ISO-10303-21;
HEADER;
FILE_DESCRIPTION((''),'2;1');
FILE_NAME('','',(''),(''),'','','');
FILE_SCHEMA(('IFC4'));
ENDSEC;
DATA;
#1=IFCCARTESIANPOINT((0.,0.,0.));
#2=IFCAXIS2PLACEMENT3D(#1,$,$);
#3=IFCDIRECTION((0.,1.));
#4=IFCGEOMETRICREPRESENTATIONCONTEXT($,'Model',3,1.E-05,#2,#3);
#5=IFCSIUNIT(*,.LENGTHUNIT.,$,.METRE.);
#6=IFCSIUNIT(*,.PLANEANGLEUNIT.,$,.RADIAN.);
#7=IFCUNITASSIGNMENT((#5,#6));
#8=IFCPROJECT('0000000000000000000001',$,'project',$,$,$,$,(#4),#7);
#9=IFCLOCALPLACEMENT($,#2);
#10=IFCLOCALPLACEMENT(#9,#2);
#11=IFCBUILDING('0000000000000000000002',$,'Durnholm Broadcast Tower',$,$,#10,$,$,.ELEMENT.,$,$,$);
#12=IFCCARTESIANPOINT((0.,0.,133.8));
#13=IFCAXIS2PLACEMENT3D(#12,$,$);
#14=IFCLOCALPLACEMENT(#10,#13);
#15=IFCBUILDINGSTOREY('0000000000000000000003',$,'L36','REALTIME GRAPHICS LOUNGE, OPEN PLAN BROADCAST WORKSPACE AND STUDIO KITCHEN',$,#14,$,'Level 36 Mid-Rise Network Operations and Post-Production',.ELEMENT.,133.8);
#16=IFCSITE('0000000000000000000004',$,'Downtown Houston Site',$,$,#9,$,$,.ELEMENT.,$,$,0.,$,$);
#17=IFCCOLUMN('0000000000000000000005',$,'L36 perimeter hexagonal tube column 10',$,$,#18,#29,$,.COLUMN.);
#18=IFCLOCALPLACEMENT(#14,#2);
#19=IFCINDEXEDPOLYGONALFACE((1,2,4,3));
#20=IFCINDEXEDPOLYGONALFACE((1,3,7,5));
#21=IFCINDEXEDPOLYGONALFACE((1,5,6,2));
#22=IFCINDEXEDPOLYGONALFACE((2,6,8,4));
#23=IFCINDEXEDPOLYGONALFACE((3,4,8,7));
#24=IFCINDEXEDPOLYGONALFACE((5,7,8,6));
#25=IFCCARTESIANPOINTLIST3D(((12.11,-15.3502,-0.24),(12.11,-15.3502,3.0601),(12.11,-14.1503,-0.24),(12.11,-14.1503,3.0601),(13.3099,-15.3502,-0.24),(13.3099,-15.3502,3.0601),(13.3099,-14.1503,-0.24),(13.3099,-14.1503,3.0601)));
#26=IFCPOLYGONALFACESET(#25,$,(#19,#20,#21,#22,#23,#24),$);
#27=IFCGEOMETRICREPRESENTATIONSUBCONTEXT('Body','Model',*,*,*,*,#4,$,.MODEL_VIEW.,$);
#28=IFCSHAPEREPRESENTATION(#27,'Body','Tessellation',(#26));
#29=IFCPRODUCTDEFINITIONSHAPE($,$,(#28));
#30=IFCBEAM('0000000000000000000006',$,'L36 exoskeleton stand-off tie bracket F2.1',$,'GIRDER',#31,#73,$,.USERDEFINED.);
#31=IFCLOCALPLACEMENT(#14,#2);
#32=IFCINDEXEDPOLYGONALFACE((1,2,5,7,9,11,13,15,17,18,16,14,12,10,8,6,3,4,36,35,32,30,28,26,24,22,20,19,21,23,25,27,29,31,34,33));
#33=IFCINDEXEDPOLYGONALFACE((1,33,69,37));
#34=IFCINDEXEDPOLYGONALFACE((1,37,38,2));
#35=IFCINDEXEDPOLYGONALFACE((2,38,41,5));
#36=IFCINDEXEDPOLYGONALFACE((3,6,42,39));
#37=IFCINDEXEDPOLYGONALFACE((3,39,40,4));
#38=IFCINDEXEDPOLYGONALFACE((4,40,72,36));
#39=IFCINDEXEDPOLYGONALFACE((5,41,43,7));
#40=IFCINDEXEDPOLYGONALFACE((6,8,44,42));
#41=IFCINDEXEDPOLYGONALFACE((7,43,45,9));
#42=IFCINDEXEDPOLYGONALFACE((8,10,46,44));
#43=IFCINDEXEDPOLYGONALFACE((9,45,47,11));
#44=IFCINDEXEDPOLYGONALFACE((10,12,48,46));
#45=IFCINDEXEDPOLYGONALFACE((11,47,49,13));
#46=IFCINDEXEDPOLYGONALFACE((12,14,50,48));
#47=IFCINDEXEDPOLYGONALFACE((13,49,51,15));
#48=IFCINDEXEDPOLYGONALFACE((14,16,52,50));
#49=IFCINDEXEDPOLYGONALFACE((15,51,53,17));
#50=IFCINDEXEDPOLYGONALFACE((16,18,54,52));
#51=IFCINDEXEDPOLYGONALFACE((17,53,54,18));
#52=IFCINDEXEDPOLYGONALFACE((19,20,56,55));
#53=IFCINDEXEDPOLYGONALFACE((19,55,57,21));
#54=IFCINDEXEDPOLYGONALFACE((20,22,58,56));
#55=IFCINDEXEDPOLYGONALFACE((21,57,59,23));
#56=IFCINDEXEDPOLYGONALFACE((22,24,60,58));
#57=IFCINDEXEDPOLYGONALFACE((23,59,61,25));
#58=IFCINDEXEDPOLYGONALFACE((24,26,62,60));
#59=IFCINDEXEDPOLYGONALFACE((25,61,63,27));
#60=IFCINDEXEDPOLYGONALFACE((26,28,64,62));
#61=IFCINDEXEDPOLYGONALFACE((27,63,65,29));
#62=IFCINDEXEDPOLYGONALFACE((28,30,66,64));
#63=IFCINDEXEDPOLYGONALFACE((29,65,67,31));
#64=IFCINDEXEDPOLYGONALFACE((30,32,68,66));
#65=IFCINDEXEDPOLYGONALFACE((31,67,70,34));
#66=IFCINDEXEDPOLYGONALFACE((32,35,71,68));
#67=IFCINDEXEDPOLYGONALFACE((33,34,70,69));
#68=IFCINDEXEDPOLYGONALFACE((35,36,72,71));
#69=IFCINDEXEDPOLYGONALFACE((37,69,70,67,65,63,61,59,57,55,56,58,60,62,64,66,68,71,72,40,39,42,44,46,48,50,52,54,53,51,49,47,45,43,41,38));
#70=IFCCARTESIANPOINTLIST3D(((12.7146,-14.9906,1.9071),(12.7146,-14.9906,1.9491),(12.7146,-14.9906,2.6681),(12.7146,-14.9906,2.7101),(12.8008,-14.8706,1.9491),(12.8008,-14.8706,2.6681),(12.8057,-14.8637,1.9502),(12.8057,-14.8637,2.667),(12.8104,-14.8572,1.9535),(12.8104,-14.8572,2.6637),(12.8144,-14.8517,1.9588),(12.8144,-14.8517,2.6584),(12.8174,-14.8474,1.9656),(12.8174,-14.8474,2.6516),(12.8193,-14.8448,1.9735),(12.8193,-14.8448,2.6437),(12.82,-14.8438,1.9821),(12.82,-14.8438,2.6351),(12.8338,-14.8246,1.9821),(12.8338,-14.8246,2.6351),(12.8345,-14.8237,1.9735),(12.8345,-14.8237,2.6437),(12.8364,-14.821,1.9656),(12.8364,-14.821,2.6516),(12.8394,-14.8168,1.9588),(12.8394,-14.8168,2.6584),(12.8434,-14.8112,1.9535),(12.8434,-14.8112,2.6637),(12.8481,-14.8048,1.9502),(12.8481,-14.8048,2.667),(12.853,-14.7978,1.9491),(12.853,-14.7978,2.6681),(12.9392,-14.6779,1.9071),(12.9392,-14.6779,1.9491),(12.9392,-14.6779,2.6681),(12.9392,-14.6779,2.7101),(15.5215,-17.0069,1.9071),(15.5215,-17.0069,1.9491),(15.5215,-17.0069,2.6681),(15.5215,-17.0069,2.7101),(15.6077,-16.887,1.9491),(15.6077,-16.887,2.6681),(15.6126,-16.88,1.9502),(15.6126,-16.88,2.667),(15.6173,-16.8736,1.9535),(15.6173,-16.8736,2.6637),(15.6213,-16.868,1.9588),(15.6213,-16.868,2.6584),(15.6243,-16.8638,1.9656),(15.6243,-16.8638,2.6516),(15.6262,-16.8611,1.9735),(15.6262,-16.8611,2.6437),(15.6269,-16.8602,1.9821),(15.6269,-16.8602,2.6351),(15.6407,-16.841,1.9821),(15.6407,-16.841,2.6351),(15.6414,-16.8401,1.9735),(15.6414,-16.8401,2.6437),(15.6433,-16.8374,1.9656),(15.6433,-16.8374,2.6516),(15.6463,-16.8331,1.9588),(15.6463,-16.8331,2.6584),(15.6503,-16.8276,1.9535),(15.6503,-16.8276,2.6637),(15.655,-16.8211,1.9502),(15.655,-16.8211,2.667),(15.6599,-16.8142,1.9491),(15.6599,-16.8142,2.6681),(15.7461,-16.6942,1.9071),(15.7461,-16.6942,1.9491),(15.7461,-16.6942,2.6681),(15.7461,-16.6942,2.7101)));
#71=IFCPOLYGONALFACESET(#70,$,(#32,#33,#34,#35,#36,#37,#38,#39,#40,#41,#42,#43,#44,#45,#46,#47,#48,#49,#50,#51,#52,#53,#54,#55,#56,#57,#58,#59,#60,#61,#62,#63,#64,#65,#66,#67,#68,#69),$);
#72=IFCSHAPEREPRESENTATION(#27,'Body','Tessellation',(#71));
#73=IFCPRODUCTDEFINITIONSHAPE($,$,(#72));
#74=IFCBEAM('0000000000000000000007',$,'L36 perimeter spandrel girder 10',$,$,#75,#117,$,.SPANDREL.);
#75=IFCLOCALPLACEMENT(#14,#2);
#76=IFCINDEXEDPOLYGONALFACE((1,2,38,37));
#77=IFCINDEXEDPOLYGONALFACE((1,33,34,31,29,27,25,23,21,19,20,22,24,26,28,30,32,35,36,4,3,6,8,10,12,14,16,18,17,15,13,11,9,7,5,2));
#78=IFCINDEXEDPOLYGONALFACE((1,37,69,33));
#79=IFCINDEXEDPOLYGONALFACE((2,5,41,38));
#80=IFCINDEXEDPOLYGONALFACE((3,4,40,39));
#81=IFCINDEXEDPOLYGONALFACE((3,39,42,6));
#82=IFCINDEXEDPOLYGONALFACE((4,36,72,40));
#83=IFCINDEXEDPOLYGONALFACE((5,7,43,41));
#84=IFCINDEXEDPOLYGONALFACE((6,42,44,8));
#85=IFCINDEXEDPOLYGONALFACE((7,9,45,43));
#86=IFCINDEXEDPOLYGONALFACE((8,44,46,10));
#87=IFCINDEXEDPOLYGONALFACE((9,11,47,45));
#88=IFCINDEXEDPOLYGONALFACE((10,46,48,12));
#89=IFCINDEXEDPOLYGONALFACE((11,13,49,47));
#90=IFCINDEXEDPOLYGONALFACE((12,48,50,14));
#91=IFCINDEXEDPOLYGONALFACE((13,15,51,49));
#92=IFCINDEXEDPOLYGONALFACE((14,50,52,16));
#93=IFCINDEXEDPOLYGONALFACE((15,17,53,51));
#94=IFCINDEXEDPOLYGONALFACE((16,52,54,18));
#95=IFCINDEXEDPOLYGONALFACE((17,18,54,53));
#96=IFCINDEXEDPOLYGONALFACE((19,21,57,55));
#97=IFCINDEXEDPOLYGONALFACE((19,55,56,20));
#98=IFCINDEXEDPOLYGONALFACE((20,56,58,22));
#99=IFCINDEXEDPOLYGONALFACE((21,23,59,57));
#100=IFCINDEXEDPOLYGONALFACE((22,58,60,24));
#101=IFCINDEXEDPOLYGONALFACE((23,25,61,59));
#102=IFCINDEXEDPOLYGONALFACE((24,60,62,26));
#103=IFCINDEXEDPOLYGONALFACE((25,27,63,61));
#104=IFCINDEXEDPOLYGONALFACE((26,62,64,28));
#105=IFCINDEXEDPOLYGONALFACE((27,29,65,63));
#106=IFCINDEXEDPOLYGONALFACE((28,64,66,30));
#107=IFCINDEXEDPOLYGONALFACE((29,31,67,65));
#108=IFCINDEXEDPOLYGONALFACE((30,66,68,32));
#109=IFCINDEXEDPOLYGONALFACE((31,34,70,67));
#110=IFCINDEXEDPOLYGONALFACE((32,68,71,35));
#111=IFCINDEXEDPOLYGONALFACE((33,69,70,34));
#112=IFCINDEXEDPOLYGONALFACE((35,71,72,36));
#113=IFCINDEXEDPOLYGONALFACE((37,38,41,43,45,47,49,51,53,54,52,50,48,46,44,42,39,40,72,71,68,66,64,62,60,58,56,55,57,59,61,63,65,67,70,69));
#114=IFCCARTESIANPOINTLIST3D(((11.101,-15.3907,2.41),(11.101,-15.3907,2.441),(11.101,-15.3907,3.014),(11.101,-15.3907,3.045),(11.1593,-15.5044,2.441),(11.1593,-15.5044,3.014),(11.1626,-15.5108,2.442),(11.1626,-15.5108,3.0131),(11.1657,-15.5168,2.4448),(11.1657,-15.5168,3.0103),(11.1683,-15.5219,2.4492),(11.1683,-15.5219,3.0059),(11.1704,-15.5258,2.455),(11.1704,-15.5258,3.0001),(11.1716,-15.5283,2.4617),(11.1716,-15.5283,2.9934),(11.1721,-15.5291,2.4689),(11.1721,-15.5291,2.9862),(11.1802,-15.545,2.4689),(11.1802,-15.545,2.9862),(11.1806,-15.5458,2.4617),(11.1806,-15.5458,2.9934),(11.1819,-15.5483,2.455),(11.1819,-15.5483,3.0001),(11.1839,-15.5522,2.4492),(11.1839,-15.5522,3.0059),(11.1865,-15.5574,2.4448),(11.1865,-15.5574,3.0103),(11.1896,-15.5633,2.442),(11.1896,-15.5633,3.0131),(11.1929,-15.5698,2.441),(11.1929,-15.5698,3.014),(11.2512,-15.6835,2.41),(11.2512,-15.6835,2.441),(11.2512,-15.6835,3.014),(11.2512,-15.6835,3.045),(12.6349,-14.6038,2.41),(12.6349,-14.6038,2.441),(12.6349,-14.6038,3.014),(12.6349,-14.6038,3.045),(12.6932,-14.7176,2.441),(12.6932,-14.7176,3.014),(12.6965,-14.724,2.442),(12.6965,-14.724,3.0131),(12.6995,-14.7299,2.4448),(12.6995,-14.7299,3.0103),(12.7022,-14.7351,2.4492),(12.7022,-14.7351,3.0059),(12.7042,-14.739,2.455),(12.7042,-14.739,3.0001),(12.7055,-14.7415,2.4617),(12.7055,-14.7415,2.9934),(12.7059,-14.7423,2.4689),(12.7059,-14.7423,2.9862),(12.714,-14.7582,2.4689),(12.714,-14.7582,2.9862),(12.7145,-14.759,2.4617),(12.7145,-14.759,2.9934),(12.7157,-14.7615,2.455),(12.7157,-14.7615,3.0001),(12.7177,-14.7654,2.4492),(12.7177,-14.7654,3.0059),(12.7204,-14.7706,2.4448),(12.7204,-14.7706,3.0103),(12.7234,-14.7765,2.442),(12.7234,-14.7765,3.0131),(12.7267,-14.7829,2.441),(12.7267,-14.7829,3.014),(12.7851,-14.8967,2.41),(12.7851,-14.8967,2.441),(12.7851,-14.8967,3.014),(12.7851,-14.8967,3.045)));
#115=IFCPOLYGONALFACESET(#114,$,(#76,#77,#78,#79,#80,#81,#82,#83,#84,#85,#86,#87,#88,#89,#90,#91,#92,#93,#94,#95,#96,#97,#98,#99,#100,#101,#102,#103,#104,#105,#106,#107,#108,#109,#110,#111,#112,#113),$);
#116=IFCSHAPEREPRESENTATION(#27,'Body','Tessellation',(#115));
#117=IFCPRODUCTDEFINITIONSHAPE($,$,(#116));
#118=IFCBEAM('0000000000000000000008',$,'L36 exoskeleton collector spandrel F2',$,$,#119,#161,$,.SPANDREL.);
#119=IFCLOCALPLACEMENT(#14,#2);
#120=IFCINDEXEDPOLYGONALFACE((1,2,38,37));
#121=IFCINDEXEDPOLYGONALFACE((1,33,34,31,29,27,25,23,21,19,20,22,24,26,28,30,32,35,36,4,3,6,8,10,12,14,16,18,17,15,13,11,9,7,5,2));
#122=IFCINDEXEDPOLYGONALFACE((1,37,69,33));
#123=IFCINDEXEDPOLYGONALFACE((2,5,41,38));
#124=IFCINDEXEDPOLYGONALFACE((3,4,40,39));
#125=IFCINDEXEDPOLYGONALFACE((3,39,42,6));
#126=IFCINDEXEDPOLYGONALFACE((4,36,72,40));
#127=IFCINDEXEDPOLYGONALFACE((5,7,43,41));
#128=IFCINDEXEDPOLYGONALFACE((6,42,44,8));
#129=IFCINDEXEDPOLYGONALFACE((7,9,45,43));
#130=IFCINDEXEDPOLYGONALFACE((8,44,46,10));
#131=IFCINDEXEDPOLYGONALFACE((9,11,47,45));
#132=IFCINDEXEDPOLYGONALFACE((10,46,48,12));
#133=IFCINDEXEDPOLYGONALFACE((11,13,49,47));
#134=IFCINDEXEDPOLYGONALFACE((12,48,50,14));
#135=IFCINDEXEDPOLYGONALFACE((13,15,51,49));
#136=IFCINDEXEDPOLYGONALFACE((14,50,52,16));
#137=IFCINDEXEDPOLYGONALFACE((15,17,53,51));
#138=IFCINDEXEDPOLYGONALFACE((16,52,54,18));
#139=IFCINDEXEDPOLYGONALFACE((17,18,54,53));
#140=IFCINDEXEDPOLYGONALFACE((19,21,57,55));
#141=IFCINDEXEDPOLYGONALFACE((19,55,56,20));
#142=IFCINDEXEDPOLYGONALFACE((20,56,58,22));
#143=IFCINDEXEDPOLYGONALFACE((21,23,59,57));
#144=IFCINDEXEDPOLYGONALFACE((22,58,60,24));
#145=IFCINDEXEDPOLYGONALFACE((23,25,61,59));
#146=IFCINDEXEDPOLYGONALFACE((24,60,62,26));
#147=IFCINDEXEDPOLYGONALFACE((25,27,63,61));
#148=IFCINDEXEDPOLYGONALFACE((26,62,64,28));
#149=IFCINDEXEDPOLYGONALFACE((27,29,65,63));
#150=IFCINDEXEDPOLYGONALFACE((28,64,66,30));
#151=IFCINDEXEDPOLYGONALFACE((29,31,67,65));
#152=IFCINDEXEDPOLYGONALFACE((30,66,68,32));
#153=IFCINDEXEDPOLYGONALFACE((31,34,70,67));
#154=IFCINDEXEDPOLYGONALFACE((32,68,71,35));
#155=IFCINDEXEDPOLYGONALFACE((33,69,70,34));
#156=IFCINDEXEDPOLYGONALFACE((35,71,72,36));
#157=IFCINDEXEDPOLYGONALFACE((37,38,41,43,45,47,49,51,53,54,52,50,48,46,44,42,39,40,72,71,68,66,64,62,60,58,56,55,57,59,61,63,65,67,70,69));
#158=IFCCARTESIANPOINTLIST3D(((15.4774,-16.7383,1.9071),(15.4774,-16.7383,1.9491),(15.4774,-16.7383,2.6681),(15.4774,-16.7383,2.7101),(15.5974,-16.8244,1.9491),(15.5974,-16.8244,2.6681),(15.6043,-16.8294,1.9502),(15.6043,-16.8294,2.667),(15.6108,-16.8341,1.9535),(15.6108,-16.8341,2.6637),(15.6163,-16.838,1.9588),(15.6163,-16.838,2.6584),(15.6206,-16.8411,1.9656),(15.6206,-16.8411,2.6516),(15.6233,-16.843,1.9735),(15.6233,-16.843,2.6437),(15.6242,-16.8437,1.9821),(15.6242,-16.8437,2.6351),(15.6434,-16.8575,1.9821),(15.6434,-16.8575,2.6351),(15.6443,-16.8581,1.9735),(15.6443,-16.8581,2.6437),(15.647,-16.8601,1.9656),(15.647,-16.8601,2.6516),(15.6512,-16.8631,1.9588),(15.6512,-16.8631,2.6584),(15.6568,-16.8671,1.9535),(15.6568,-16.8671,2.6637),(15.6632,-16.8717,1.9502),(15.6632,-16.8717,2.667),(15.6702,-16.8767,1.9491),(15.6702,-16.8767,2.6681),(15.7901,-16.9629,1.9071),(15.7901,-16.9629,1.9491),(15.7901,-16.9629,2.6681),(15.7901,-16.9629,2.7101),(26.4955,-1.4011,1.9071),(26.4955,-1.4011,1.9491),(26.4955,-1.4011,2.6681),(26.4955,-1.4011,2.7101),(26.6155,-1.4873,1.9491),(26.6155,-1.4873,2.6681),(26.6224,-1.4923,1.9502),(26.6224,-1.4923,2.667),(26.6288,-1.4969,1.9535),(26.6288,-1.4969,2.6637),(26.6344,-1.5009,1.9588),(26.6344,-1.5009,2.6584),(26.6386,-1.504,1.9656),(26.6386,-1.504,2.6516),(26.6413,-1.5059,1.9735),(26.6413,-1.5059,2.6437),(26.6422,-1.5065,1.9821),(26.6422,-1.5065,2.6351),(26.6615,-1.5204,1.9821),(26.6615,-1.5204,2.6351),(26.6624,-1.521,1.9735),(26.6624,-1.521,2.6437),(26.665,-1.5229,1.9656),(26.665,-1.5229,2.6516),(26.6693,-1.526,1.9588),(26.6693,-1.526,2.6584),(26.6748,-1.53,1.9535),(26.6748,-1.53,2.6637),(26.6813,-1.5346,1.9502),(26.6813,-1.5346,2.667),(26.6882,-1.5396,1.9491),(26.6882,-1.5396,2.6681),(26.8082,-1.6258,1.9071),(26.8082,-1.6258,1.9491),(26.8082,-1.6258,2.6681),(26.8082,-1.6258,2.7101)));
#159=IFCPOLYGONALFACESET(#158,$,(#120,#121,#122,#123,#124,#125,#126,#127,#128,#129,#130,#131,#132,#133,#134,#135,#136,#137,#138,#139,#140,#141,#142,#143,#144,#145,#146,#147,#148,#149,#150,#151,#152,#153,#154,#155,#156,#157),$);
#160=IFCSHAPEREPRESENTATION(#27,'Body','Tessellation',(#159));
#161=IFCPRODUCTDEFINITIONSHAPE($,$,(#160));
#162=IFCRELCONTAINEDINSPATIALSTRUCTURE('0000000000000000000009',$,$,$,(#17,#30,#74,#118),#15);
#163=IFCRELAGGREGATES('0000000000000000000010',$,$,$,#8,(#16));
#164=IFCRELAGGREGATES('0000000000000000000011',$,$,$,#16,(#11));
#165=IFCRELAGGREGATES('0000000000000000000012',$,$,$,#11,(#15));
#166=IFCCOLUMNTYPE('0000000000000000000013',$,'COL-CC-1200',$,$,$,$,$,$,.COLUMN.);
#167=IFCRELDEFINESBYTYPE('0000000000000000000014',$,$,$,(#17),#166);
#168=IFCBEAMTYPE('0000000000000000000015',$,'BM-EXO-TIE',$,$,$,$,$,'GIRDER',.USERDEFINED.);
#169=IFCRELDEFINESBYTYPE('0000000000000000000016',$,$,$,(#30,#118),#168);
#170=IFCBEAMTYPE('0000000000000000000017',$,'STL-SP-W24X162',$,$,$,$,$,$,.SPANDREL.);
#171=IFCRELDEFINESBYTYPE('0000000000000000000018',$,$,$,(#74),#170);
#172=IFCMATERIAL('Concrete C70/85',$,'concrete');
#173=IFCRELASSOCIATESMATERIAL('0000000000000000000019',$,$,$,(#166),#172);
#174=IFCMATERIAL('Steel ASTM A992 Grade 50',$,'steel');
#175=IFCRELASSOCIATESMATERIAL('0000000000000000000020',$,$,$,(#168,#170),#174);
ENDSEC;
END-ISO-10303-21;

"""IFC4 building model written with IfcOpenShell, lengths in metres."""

from ifc_helpers import new_model, si_unit, direction, frame, origin, origin_2d, place, context, subcontext, project, spatial, rectangle, i_section, extrude, source, transform, mapped, material, material_profile, profile_set, type_object, type_shapes, element, save


model = new_model("IFC4")

# Units and contexts
model_context = context("Model", 3, precision=1e-05, world=origin(), true_north=direction((0.0, 1.0)))
body_context = subcontext(model_context, "Body", "Model", "MODEL_VIEW")
ifc_project = project(units=[si_unit("LENGTHUNIT", "METRE"), si_unit("PLANEANGLEUNIT", "RADIAN")], contexts=[model_context])

# Site, building, storey
site_placement = place(None, origin())
site = spatial("IfcSite", under=ifc_project, at=site_placement, Name="Downtown Houston Site", CompositionType="ELEMENT", RefElevation=0.0)
building_placement = place(site_placement, origin())
building = spatial("IfcBuilding", under=site, at=building_placement, Name="Durnholm Broadcast Tower", CompositionType="ELEMENT")
storey_placement = place(building_placement, frame((0.0, 0.0, 133.8)))
storey = spatial("IfcBuildingStorey", under=building, at=storey_placement, Name="L36", Description="REALTIME GRAPHICS LOUNGE, OPEN PLAN BROADCAST WORKSPACE AND STUDIO KITCHEN", LongName="Level 36 Mid-Rise Network Operations and Post-Production", CompositionType="ELEMENT", Elevation=133.8)

# Column
ifc_material_1 = material(Name="Concrete C70/85", Category="concrete")
ifc_material_profile_1 = material_profile(ifc_material_1, rectangle(XDim=1.2, YDim=1.2, at=origin_2d()), Name="RC1200X1200")
ifc_profile_set_1 = profile_set([ifc_material_profile_1], Name="Concrete C70/85")
column_type = type_object("IfcColumnType", Name="COL-CC-1200", PredefinedType="COLUMN", material=ifc_profile_set_1)
shared_shape_1 = source(origin(), body_context, "Body", "SweptSolid", [
    extrude(rectangle(XDim=1.2, YDim=1.2, at=origin_2d()), origin(), (0.0, 0.0, 1.0), 3.3),
])
type_shapes(column_type, [shared_shape_1])
column_placement = place(storey_placement, frame((12.71, -14.7502, -0.24), z_axis=(0.0, 0.0, 1.0), x_axis=(1.0, 0.0, 0.0)))
element("IfcColumn", 1, at=column_placement, inside=storey, type_object=column_type, Name="L36 perimeter hexagonal tube column 10", PredefinedType="COLUMN", context=body_context, shape_type="MappedRepresentation", body=[
    mapped(shared_shape_1, transform((0.0, 0.0, 0.0), x_axis=(1.0, 0.0, 0.0), y_axis=(0.0, 1.0, 0.0), z_axis=(0.0, 0.0, 1.0), scale=1.0)),
])

# Beams
ifc_material_2 = material(Name="Steel ASTM A992 Grade 50", Category="steel")
ifc_material_profile_2 = material_profile(ifc_material_2, i_section(OverallWidth=0.385, OverallDepth=0.803, WebThickness=0.0237, FlangeThickness=0.042, FilletRadius=0.033, at=origin_2d()), Name="W30X261")
ifc_profile_set_2 = profile_set([ifc_material_profile_2], Name="Steel ASTM A992 Grade 50")
beam_type_1 = type_object("IfcBeamType", Name="BM-EXO-TIE", ElementType="GIRDER", PredefinedType="USERDEFINED", material=ifc_profile_set_2)
shared_shape_2 = source(origin(), body_context, "Body", "SweptSolid", [
    extrude(i_section(OverallWidth=0.385, OverallDepth=0.803, WebThickness=0.0237, FlangeThickness=0.042, FilletRadius=0.033, at=origin_2d()), origin(), (0.0, 0.0, 1.0), 3.4561),
])
beam_1_placement = place(storey_placement, frame((12.8269, -14.8342, 2.3086), z_axis=(0.812165, -0.583428, 0.0), x_axis=(0.583428, 0.812165, 0.0)))
element("IfcBeam", 2, at=beam_1_placement, inside=storey, type_object=beam_type_1, Name="L36 exoskeleton stand-off tie bracket F2.1", ObjectType="GIRDER", PredefinedType="USERDEFINED", context=body_context, shape_type="MappedRepresentation", body=[
    mapped(shared_shape_2, transform((0.0, 0.0, 0.0), x_axis=(1.0, 0.0, 0.0), y_axis=(0.0, 1.0, 0.0), z_axis=(0.0, 0.0, 1.0), scale=1.0)),
])
ifc_material_profile_3 = material_profile(ifc_material_2, i_section(OverallWidth=0.3291, OverallDepth=0.635, WebThickness=0.0178, FlangeThickness=0.031, FilletRadius=0.0278, at=origin_2d()), Name="W24X162")
ifc_profile_set_3 = profile_set([ifc_material_profile_3], Name="Steel ASTM A992 Grade 50")
beam_type_2 = type_object("IfcBeamType", Name="STL-SP-W24X162", PredefinedType="SPANDREL", material=ifc_profile_set_3)
shared_shape_3 = source(origin(), body_context, "Body", "SweptSolid", [
    extrude(i_section(OverallWidth=0.3291, OverallDepth=0.635, WebThickness=0.0178, FlangeThickness=0.031, FilletRadius=0.0278, at=origin_2d()), origin(), (0.0, 0.0, 1.0), 1.7239),
])
type_shapes(beam_type_2, [shared_shape_3])
beam_2_placement = place(storey_placement, frame((12.71, -14.7502, 2.7275), z_axis=(-0.889763, -0.456423, 0.0), x_axis=(0.456423, -0.889763, 0.0)))
element("IfcBeam", 3, at=beam_2_placement, inside=storey, type_object=beam_type_2, Name="L36 perimeter spandrel girder 10", PredefinedType="SPANDREL", context=body_context, shape_type="MappedRepresentation", body=[
    mapped(shared_shape_3, transform((0.0, 0.0, 0.0), x_axis=(1.0, 0.0, 0.0), y_axis=(0.0, 1.0, 0.0), z_axis=(0.0, 0.0, 1.0), scale=1.0)),
])
shared_shape_4 = source(origin(), body_context, "Body", "SweptSolid", [
    extrude(i_section(OverallWidth=0.385, OverallDepth=0.803, WebThickness=0.0237, FlangeThickness=0.042, FilletRadius=0.033, at=origin_2d()), origin(), (0.0, 0.0, 1.0), 18.8845),
])
type_shapes(beam_type_1, [shared_shape_2, shared_shape_4])
beam_3_placement = place(storey_placement, frame((15.6338, -16.8506, 2.3086), z_axis=(0.583443, 0.812154, 0.0), x_axis=(-0.812154, 0.583443, 0.0)))
element("IfcBeam", 4, at=beam_3_placement, inside=storey, type_object=beam_type_1, Name="L36 exoskeleton collector spandrel F2", PredefinedType="SPANDREL", context=body_context, shape_type="MappedRepresentation", body=[
    mapped(shared_shape_4, transform((0.0, 0.0, 0.0), x_axis=(1.0, 0.0, 0.0), y_axis=(0.0, 1.0, 0.0), z_axis=(0.0, 0.0, 1.0), scale=1.0)),
])

save(model, "model.ifc")
